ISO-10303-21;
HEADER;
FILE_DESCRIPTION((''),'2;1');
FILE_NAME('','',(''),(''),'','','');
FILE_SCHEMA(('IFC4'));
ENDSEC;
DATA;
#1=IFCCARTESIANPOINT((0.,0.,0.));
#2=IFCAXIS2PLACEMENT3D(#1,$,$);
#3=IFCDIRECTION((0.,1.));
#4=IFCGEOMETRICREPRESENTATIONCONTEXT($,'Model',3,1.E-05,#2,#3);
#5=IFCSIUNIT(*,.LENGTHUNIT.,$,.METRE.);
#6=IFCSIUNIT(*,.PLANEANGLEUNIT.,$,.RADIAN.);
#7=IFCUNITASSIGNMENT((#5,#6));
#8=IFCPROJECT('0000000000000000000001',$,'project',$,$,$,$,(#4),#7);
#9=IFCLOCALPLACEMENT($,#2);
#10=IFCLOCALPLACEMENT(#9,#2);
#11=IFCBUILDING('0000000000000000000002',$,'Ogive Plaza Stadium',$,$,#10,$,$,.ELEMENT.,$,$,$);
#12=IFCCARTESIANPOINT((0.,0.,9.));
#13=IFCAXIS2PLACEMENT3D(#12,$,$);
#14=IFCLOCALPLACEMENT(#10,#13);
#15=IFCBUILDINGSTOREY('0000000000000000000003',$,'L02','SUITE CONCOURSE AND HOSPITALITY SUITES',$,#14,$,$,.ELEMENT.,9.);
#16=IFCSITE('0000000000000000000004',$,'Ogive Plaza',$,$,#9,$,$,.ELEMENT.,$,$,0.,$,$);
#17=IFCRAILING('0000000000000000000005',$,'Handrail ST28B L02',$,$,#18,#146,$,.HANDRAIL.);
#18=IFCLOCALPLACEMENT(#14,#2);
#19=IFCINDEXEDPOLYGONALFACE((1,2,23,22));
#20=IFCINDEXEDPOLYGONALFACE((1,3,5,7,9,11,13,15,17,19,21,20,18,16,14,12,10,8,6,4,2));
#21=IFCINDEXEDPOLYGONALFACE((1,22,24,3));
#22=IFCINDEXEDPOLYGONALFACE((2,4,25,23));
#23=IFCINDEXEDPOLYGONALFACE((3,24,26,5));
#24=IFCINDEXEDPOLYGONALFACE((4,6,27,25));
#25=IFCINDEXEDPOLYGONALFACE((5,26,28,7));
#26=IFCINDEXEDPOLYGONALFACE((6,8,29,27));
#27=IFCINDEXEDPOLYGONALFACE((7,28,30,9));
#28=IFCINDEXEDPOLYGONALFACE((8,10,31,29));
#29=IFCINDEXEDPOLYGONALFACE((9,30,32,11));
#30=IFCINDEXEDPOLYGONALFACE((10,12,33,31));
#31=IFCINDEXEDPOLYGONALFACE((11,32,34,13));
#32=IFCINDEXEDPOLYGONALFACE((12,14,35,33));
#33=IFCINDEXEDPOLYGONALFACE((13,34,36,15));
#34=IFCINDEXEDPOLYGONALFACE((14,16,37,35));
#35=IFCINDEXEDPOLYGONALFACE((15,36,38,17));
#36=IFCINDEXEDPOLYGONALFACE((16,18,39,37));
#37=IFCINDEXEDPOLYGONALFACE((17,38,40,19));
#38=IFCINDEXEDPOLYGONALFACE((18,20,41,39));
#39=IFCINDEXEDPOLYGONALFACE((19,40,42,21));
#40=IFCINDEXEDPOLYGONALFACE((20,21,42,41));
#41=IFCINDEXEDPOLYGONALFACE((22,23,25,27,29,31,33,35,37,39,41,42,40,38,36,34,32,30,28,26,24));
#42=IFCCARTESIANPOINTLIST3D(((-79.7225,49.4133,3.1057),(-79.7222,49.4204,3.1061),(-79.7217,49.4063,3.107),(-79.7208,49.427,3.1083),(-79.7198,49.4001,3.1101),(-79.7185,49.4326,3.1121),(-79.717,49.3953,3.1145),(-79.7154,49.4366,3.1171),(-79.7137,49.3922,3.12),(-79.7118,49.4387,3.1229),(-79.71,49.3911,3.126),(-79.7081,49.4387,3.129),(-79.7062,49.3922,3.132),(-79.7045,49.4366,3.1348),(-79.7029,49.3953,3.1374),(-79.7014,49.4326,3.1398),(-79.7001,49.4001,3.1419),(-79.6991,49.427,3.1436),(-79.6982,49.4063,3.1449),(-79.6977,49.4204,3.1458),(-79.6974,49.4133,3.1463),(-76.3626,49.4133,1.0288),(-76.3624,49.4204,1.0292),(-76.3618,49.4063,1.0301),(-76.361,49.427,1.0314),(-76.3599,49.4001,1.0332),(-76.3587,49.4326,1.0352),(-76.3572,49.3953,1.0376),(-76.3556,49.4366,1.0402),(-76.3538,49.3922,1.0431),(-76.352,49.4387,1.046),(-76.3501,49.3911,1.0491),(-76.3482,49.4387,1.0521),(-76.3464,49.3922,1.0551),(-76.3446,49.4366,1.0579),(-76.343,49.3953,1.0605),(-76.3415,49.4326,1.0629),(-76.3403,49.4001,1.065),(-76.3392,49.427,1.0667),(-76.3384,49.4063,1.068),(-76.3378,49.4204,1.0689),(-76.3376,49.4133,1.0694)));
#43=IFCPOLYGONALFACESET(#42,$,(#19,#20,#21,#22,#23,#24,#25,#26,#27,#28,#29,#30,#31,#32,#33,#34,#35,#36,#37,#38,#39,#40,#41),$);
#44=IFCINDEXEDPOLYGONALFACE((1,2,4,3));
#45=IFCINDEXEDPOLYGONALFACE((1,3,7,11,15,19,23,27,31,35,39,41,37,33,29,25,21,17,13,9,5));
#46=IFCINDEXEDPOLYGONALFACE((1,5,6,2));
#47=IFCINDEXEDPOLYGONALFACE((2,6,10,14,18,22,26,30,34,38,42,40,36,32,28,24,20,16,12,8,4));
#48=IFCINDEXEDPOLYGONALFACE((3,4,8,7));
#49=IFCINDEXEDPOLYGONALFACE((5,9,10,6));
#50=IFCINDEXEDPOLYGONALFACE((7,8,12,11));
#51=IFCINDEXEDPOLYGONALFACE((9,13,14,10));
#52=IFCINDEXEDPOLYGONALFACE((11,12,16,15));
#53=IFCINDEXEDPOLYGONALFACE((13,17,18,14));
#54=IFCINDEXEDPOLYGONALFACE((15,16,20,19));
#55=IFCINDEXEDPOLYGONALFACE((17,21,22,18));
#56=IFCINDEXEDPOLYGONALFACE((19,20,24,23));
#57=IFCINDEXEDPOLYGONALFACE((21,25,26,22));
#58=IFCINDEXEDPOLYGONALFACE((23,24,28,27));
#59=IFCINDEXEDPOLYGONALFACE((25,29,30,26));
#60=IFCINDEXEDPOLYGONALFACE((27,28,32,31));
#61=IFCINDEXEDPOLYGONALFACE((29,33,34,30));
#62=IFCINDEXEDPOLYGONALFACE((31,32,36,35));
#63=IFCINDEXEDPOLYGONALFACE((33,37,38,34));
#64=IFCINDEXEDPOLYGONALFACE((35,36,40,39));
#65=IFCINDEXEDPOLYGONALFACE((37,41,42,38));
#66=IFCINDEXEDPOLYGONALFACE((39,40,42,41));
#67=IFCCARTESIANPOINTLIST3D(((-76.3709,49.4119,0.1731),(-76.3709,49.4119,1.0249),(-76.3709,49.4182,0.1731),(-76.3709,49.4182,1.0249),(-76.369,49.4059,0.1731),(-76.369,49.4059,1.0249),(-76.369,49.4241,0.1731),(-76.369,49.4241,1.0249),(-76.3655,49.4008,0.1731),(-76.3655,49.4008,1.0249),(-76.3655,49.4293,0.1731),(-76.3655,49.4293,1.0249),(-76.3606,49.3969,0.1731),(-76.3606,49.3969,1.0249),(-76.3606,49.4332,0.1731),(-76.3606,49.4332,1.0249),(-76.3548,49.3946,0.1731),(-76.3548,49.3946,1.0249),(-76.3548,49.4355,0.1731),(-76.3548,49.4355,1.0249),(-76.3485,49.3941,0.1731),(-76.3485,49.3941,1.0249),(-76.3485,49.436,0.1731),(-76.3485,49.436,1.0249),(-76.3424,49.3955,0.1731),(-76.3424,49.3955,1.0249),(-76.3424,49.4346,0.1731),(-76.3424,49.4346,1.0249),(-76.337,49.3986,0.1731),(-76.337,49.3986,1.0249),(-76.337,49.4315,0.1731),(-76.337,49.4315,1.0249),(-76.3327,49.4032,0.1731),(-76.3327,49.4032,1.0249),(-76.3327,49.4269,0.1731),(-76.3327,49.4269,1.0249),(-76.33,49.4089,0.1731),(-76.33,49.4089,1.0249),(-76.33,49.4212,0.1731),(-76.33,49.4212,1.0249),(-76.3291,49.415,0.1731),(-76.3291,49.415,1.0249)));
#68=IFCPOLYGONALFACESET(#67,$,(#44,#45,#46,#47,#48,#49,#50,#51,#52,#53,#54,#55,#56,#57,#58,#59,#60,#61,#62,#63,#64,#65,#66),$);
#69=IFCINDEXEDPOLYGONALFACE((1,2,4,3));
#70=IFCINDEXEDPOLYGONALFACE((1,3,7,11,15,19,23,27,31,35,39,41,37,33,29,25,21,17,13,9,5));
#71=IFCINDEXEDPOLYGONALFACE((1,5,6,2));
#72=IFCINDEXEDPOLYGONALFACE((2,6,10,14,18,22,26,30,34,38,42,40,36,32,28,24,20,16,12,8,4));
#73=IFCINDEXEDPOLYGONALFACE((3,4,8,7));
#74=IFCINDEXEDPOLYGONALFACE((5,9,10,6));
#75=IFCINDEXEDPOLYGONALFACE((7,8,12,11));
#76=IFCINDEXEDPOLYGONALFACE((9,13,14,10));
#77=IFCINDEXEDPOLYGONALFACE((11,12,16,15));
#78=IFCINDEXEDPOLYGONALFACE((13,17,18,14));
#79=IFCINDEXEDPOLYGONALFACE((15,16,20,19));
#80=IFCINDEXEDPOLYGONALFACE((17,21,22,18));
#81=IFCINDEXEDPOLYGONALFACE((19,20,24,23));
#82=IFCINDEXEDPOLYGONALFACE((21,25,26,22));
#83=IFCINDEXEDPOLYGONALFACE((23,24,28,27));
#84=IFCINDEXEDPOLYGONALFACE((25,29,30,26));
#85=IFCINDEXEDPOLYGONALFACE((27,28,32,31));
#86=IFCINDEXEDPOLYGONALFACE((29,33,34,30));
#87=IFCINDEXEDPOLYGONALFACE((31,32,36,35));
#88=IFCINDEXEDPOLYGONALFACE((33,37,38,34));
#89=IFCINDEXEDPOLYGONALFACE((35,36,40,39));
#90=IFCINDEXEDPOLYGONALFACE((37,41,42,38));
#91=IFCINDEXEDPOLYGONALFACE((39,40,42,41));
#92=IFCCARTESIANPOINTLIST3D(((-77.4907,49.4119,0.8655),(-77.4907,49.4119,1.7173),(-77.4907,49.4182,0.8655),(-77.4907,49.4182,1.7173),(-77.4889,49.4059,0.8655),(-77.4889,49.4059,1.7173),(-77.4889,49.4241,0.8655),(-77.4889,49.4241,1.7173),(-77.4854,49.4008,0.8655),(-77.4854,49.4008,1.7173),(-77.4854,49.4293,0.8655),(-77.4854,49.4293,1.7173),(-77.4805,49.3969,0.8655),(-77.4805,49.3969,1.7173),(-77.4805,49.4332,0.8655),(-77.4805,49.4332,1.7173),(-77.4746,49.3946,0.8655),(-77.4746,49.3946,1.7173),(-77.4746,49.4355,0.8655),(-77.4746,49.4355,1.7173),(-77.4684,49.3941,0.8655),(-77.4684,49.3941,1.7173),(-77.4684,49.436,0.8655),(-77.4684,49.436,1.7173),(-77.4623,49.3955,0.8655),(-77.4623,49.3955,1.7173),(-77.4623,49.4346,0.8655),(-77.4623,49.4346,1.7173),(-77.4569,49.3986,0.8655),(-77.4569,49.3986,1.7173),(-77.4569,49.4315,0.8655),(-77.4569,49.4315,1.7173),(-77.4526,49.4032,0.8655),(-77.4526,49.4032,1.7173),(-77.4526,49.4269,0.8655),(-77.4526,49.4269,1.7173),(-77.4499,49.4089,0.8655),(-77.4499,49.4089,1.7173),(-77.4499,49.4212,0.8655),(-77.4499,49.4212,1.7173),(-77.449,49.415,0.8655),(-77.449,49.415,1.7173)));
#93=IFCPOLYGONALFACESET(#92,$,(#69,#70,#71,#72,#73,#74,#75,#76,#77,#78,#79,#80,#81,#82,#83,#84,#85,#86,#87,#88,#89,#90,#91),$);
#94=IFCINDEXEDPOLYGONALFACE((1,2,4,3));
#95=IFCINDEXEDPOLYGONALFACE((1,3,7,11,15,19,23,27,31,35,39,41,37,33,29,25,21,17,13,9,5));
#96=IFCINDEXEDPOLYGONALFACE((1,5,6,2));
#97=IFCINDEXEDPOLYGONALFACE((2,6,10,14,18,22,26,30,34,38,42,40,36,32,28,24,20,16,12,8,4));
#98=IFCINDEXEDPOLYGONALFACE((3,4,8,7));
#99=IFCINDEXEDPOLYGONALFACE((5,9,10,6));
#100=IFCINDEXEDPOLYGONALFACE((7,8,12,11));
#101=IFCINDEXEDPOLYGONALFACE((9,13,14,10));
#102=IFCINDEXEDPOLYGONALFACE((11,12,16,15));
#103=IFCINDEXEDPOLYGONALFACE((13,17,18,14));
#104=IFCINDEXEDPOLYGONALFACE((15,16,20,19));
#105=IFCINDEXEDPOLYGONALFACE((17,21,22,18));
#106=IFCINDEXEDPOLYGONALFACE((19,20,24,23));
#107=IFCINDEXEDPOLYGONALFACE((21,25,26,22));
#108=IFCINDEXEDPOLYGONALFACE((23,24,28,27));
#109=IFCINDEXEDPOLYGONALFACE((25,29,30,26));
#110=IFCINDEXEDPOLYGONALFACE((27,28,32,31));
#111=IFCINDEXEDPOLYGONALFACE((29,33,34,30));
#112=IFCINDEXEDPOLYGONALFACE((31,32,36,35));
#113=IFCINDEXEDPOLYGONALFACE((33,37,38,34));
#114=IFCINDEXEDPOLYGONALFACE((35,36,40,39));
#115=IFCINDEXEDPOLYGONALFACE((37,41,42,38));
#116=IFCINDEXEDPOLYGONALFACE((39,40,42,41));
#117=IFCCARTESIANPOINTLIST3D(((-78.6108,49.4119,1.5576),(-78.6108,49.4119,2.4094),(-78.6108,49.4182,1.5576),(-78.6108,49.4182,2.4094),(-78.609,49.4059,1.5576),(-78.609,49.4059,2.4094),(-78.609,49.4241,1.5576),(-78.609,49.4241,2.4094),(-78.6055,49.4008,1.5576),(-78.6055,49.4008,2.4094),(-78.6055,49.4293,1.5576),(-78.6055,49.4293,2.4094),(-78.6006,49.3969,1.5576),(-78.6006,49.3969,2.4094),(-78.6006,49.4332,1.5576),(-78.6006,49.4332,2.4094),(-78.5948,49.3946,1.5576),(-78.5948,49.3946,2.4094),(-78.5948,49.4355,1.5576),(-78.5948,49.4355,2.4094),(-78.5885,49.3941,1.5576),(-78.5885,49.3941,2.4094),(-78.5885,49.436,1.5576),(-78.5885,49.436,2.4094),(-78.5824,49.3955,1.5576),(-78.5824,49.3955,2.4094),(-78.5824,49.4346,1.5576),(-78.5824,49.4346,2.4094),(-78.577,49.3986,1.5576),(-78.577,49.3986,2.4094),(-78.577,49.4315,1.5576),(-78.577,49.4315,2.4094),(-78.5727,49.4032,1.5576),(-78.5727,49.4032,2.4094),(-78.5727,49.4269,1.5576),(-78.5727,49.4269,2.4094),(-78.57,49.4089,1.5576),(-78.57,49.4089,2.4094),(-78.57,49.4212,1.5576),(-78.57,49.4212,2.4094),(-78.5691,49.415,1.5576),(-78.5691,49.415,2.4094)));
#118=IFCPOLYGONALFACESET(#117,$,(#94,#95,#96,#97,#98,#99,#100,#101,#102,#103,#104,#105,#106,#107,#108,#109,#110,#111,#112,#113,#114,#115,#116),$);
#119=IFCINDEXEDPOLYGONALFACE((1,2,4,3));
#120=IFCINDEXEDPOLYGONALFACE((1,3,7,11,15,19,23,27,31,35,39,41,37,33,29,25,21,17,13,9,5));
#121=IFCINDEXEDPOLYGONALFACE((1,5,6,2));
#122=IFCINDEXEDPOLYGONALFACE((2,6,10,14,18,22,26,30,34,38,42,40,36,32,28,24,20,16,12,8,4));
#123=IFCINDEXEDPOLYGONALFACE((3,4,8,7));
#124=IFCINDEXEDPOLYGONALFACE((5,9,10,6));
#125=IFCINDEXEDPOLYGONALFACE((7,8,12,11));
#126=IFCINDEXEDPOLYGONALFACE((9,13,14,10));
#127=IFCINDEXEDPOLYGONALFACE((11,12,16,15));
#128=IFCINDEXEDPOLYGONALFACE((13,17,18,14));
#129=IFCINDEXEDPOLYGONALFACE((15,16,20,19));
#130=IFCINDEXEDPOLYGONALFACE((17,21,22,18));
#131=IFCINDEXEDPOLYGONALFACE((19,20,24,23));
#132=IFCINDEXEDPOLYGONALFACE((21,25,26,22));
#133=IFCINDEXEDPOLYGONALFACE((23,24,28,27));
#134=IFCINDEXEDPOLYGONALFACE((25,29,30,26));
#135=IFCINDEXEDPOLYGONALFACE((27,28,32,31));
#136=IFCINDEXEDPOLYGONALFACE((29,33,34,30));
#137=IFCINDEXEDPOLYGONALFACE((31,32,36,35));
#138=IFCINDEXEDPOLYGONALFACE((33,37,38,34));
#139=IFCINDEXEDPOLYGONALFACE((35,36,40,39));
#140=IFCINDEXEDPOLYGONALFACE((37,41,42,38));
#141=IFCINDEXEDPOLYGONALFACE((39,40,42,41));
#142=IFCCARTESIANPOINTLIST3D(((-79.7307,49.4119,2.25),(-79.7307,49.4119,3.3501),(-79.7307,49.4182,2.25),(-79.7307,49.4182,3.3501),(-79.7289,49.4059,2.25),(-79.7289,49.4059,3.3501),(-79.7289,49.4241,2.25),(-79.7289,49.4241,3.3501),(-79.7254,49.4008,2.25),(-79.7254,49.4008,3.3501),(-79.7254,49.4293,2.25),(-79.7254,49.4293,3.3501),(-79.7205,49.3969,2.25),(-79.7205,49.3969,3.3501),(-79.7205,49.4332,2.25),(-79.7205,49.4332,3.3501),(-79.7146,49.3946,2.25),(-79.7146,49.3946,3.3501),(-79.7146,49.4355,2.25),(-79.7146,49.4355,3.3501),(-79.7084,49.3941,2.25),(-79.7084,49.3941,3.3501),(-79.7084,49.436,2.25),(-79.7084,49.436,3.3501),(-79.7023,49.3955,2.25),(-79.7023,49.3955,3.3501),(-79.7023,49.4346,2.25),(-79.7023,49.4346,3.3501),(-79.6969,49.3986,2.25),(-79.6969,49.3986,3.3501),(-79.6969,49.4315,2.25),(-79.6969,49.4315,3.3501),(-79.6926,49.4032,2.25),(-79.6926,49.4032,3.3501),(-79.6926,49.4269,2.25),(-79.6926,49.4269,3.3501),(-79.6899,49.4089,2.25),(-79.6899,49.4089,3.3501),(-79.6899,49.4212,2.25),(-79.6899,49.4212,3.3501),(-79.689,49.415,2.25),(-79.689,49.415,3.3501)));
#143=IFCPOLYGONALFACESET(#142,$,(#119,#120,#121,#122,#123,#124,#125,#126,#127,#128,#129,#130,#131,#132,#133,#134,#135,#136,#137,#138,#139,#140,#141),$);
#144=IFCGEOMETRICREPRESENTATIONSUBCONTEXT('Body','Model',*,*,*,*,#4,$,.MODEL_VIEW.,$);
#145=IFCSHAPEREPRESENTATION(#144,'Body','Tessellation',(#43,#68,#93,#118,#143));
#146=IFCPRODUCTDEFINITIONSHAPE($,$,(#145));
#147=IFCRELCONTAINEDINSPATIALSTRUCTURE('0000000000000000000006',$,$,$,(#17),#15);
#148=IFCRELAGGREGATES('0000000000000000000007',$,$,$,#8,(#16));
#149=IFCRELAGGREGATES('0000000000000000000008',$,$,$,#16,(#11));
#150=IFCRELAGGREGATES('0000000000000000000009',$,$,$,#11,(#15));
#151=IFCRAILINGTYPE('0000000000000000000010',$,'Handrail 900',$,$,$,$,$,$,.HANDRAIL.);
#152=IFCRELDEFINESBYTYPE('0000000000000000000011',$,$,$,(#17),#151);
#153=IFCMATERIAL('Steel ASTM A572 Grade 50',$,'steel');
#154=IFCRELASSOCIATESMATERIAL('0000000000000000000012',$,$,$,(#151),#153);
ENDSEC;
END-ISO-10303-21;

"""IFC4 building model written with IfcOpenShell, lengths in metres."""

from ifc_helpers import new_model, si_unit, direction, frame, origin, origin_2d, place, context, subcontext, project, spatial, circle, extrude, material, type_object, element, save


model = new_model("IFC4")

# Units and contexts
model_context = context("Model", 3, precision=1e-05, world=origin(), true_north=direction((0.0, 1.0)))
body_context = subcontext(model_context, "Body", "Model", "MODEL_VIEW")
ifc_project = project(units=[si_unit("LENGTHUNIT", "METRE"), si_unit("PLANEANGLEUNIT", "RADIAN")], contexts=[model_context])

# Site, building, storey
site_placement = place(None, origin())
site = spatial("IfcSite", under=ifc_project, at=site_placement, Name="Ogive Plaza", CompositionType="ELEMENT", RefElevation=0.0)
building_placement = place(site_placement, origin())
building = spatial("IfcBuilding", under=site, at=building_placement, Name="Ogive Plaza Stadium", CompositionType="ELEMENT")
storey_placement = place(building_placement, frame((0.0, 0.0, 9.0)))
storey = spatial("IfcBuildingStorey", under=building, at=storey_placement, Name="L02", Description="SUITE CONCOURSE AND HOSPITALITY SUITES", CompositionType="ELEMENT", Elevation=9.0)

# Railing
ifc_material_1 = material(Name="Steel ASTM A572 Grade 50", Category="steel")
railing_type_1 = type_object("IfcRailingType", Name="Handrail 900", PredefinedType="HANDRAIL", material=ifc_material_1)
for number, where, name in (
    (1, (-76.3501, 49.415, 0.1731), "Handrail ST28B L02"),
):
    element("IfcRailing", number, at=place(storey_placement, frame(where)), inside=storey, type_object=railing_type_1, Name=name, PredefinedType="HANDRAIL", context=body_context, shape_type="SweptSolid", body=[
        extrude(circle(Radius=0.0239, at=origin_2d()), frame((0.0, 0.0, 0.876), z_axis=(-0.850606, 0.0, 0.525803), x_axis=(0.0, -1.0, 0.0)), (0.0, 0.0, 1.0), 3.95),
        extrude(circle(Radius=0.021, at=origin_2d()), origin(), (0.0, 0.0, 1.0), 0.8518),
        extrude(circle(Radius=0.021, at=origin_2d()), frame((-1.1199, 0.0, 0.6924)), (0.0, 0.0, 1.0), 0.8518),
        extrude(circle(Radius=0.021, at=origin_2d()), frame((-2.24, 0.0, 1.3845)), (0.0, 0.0, 1.0), 0.8518),
        extrude(circle(Radius=0.021, at=origin_2d()), frame((-3.3599, 0.0, 2.0769)), (0.0, 0.0, 1.0), 1.1001),
    ])

save(model, "model.ifc")
